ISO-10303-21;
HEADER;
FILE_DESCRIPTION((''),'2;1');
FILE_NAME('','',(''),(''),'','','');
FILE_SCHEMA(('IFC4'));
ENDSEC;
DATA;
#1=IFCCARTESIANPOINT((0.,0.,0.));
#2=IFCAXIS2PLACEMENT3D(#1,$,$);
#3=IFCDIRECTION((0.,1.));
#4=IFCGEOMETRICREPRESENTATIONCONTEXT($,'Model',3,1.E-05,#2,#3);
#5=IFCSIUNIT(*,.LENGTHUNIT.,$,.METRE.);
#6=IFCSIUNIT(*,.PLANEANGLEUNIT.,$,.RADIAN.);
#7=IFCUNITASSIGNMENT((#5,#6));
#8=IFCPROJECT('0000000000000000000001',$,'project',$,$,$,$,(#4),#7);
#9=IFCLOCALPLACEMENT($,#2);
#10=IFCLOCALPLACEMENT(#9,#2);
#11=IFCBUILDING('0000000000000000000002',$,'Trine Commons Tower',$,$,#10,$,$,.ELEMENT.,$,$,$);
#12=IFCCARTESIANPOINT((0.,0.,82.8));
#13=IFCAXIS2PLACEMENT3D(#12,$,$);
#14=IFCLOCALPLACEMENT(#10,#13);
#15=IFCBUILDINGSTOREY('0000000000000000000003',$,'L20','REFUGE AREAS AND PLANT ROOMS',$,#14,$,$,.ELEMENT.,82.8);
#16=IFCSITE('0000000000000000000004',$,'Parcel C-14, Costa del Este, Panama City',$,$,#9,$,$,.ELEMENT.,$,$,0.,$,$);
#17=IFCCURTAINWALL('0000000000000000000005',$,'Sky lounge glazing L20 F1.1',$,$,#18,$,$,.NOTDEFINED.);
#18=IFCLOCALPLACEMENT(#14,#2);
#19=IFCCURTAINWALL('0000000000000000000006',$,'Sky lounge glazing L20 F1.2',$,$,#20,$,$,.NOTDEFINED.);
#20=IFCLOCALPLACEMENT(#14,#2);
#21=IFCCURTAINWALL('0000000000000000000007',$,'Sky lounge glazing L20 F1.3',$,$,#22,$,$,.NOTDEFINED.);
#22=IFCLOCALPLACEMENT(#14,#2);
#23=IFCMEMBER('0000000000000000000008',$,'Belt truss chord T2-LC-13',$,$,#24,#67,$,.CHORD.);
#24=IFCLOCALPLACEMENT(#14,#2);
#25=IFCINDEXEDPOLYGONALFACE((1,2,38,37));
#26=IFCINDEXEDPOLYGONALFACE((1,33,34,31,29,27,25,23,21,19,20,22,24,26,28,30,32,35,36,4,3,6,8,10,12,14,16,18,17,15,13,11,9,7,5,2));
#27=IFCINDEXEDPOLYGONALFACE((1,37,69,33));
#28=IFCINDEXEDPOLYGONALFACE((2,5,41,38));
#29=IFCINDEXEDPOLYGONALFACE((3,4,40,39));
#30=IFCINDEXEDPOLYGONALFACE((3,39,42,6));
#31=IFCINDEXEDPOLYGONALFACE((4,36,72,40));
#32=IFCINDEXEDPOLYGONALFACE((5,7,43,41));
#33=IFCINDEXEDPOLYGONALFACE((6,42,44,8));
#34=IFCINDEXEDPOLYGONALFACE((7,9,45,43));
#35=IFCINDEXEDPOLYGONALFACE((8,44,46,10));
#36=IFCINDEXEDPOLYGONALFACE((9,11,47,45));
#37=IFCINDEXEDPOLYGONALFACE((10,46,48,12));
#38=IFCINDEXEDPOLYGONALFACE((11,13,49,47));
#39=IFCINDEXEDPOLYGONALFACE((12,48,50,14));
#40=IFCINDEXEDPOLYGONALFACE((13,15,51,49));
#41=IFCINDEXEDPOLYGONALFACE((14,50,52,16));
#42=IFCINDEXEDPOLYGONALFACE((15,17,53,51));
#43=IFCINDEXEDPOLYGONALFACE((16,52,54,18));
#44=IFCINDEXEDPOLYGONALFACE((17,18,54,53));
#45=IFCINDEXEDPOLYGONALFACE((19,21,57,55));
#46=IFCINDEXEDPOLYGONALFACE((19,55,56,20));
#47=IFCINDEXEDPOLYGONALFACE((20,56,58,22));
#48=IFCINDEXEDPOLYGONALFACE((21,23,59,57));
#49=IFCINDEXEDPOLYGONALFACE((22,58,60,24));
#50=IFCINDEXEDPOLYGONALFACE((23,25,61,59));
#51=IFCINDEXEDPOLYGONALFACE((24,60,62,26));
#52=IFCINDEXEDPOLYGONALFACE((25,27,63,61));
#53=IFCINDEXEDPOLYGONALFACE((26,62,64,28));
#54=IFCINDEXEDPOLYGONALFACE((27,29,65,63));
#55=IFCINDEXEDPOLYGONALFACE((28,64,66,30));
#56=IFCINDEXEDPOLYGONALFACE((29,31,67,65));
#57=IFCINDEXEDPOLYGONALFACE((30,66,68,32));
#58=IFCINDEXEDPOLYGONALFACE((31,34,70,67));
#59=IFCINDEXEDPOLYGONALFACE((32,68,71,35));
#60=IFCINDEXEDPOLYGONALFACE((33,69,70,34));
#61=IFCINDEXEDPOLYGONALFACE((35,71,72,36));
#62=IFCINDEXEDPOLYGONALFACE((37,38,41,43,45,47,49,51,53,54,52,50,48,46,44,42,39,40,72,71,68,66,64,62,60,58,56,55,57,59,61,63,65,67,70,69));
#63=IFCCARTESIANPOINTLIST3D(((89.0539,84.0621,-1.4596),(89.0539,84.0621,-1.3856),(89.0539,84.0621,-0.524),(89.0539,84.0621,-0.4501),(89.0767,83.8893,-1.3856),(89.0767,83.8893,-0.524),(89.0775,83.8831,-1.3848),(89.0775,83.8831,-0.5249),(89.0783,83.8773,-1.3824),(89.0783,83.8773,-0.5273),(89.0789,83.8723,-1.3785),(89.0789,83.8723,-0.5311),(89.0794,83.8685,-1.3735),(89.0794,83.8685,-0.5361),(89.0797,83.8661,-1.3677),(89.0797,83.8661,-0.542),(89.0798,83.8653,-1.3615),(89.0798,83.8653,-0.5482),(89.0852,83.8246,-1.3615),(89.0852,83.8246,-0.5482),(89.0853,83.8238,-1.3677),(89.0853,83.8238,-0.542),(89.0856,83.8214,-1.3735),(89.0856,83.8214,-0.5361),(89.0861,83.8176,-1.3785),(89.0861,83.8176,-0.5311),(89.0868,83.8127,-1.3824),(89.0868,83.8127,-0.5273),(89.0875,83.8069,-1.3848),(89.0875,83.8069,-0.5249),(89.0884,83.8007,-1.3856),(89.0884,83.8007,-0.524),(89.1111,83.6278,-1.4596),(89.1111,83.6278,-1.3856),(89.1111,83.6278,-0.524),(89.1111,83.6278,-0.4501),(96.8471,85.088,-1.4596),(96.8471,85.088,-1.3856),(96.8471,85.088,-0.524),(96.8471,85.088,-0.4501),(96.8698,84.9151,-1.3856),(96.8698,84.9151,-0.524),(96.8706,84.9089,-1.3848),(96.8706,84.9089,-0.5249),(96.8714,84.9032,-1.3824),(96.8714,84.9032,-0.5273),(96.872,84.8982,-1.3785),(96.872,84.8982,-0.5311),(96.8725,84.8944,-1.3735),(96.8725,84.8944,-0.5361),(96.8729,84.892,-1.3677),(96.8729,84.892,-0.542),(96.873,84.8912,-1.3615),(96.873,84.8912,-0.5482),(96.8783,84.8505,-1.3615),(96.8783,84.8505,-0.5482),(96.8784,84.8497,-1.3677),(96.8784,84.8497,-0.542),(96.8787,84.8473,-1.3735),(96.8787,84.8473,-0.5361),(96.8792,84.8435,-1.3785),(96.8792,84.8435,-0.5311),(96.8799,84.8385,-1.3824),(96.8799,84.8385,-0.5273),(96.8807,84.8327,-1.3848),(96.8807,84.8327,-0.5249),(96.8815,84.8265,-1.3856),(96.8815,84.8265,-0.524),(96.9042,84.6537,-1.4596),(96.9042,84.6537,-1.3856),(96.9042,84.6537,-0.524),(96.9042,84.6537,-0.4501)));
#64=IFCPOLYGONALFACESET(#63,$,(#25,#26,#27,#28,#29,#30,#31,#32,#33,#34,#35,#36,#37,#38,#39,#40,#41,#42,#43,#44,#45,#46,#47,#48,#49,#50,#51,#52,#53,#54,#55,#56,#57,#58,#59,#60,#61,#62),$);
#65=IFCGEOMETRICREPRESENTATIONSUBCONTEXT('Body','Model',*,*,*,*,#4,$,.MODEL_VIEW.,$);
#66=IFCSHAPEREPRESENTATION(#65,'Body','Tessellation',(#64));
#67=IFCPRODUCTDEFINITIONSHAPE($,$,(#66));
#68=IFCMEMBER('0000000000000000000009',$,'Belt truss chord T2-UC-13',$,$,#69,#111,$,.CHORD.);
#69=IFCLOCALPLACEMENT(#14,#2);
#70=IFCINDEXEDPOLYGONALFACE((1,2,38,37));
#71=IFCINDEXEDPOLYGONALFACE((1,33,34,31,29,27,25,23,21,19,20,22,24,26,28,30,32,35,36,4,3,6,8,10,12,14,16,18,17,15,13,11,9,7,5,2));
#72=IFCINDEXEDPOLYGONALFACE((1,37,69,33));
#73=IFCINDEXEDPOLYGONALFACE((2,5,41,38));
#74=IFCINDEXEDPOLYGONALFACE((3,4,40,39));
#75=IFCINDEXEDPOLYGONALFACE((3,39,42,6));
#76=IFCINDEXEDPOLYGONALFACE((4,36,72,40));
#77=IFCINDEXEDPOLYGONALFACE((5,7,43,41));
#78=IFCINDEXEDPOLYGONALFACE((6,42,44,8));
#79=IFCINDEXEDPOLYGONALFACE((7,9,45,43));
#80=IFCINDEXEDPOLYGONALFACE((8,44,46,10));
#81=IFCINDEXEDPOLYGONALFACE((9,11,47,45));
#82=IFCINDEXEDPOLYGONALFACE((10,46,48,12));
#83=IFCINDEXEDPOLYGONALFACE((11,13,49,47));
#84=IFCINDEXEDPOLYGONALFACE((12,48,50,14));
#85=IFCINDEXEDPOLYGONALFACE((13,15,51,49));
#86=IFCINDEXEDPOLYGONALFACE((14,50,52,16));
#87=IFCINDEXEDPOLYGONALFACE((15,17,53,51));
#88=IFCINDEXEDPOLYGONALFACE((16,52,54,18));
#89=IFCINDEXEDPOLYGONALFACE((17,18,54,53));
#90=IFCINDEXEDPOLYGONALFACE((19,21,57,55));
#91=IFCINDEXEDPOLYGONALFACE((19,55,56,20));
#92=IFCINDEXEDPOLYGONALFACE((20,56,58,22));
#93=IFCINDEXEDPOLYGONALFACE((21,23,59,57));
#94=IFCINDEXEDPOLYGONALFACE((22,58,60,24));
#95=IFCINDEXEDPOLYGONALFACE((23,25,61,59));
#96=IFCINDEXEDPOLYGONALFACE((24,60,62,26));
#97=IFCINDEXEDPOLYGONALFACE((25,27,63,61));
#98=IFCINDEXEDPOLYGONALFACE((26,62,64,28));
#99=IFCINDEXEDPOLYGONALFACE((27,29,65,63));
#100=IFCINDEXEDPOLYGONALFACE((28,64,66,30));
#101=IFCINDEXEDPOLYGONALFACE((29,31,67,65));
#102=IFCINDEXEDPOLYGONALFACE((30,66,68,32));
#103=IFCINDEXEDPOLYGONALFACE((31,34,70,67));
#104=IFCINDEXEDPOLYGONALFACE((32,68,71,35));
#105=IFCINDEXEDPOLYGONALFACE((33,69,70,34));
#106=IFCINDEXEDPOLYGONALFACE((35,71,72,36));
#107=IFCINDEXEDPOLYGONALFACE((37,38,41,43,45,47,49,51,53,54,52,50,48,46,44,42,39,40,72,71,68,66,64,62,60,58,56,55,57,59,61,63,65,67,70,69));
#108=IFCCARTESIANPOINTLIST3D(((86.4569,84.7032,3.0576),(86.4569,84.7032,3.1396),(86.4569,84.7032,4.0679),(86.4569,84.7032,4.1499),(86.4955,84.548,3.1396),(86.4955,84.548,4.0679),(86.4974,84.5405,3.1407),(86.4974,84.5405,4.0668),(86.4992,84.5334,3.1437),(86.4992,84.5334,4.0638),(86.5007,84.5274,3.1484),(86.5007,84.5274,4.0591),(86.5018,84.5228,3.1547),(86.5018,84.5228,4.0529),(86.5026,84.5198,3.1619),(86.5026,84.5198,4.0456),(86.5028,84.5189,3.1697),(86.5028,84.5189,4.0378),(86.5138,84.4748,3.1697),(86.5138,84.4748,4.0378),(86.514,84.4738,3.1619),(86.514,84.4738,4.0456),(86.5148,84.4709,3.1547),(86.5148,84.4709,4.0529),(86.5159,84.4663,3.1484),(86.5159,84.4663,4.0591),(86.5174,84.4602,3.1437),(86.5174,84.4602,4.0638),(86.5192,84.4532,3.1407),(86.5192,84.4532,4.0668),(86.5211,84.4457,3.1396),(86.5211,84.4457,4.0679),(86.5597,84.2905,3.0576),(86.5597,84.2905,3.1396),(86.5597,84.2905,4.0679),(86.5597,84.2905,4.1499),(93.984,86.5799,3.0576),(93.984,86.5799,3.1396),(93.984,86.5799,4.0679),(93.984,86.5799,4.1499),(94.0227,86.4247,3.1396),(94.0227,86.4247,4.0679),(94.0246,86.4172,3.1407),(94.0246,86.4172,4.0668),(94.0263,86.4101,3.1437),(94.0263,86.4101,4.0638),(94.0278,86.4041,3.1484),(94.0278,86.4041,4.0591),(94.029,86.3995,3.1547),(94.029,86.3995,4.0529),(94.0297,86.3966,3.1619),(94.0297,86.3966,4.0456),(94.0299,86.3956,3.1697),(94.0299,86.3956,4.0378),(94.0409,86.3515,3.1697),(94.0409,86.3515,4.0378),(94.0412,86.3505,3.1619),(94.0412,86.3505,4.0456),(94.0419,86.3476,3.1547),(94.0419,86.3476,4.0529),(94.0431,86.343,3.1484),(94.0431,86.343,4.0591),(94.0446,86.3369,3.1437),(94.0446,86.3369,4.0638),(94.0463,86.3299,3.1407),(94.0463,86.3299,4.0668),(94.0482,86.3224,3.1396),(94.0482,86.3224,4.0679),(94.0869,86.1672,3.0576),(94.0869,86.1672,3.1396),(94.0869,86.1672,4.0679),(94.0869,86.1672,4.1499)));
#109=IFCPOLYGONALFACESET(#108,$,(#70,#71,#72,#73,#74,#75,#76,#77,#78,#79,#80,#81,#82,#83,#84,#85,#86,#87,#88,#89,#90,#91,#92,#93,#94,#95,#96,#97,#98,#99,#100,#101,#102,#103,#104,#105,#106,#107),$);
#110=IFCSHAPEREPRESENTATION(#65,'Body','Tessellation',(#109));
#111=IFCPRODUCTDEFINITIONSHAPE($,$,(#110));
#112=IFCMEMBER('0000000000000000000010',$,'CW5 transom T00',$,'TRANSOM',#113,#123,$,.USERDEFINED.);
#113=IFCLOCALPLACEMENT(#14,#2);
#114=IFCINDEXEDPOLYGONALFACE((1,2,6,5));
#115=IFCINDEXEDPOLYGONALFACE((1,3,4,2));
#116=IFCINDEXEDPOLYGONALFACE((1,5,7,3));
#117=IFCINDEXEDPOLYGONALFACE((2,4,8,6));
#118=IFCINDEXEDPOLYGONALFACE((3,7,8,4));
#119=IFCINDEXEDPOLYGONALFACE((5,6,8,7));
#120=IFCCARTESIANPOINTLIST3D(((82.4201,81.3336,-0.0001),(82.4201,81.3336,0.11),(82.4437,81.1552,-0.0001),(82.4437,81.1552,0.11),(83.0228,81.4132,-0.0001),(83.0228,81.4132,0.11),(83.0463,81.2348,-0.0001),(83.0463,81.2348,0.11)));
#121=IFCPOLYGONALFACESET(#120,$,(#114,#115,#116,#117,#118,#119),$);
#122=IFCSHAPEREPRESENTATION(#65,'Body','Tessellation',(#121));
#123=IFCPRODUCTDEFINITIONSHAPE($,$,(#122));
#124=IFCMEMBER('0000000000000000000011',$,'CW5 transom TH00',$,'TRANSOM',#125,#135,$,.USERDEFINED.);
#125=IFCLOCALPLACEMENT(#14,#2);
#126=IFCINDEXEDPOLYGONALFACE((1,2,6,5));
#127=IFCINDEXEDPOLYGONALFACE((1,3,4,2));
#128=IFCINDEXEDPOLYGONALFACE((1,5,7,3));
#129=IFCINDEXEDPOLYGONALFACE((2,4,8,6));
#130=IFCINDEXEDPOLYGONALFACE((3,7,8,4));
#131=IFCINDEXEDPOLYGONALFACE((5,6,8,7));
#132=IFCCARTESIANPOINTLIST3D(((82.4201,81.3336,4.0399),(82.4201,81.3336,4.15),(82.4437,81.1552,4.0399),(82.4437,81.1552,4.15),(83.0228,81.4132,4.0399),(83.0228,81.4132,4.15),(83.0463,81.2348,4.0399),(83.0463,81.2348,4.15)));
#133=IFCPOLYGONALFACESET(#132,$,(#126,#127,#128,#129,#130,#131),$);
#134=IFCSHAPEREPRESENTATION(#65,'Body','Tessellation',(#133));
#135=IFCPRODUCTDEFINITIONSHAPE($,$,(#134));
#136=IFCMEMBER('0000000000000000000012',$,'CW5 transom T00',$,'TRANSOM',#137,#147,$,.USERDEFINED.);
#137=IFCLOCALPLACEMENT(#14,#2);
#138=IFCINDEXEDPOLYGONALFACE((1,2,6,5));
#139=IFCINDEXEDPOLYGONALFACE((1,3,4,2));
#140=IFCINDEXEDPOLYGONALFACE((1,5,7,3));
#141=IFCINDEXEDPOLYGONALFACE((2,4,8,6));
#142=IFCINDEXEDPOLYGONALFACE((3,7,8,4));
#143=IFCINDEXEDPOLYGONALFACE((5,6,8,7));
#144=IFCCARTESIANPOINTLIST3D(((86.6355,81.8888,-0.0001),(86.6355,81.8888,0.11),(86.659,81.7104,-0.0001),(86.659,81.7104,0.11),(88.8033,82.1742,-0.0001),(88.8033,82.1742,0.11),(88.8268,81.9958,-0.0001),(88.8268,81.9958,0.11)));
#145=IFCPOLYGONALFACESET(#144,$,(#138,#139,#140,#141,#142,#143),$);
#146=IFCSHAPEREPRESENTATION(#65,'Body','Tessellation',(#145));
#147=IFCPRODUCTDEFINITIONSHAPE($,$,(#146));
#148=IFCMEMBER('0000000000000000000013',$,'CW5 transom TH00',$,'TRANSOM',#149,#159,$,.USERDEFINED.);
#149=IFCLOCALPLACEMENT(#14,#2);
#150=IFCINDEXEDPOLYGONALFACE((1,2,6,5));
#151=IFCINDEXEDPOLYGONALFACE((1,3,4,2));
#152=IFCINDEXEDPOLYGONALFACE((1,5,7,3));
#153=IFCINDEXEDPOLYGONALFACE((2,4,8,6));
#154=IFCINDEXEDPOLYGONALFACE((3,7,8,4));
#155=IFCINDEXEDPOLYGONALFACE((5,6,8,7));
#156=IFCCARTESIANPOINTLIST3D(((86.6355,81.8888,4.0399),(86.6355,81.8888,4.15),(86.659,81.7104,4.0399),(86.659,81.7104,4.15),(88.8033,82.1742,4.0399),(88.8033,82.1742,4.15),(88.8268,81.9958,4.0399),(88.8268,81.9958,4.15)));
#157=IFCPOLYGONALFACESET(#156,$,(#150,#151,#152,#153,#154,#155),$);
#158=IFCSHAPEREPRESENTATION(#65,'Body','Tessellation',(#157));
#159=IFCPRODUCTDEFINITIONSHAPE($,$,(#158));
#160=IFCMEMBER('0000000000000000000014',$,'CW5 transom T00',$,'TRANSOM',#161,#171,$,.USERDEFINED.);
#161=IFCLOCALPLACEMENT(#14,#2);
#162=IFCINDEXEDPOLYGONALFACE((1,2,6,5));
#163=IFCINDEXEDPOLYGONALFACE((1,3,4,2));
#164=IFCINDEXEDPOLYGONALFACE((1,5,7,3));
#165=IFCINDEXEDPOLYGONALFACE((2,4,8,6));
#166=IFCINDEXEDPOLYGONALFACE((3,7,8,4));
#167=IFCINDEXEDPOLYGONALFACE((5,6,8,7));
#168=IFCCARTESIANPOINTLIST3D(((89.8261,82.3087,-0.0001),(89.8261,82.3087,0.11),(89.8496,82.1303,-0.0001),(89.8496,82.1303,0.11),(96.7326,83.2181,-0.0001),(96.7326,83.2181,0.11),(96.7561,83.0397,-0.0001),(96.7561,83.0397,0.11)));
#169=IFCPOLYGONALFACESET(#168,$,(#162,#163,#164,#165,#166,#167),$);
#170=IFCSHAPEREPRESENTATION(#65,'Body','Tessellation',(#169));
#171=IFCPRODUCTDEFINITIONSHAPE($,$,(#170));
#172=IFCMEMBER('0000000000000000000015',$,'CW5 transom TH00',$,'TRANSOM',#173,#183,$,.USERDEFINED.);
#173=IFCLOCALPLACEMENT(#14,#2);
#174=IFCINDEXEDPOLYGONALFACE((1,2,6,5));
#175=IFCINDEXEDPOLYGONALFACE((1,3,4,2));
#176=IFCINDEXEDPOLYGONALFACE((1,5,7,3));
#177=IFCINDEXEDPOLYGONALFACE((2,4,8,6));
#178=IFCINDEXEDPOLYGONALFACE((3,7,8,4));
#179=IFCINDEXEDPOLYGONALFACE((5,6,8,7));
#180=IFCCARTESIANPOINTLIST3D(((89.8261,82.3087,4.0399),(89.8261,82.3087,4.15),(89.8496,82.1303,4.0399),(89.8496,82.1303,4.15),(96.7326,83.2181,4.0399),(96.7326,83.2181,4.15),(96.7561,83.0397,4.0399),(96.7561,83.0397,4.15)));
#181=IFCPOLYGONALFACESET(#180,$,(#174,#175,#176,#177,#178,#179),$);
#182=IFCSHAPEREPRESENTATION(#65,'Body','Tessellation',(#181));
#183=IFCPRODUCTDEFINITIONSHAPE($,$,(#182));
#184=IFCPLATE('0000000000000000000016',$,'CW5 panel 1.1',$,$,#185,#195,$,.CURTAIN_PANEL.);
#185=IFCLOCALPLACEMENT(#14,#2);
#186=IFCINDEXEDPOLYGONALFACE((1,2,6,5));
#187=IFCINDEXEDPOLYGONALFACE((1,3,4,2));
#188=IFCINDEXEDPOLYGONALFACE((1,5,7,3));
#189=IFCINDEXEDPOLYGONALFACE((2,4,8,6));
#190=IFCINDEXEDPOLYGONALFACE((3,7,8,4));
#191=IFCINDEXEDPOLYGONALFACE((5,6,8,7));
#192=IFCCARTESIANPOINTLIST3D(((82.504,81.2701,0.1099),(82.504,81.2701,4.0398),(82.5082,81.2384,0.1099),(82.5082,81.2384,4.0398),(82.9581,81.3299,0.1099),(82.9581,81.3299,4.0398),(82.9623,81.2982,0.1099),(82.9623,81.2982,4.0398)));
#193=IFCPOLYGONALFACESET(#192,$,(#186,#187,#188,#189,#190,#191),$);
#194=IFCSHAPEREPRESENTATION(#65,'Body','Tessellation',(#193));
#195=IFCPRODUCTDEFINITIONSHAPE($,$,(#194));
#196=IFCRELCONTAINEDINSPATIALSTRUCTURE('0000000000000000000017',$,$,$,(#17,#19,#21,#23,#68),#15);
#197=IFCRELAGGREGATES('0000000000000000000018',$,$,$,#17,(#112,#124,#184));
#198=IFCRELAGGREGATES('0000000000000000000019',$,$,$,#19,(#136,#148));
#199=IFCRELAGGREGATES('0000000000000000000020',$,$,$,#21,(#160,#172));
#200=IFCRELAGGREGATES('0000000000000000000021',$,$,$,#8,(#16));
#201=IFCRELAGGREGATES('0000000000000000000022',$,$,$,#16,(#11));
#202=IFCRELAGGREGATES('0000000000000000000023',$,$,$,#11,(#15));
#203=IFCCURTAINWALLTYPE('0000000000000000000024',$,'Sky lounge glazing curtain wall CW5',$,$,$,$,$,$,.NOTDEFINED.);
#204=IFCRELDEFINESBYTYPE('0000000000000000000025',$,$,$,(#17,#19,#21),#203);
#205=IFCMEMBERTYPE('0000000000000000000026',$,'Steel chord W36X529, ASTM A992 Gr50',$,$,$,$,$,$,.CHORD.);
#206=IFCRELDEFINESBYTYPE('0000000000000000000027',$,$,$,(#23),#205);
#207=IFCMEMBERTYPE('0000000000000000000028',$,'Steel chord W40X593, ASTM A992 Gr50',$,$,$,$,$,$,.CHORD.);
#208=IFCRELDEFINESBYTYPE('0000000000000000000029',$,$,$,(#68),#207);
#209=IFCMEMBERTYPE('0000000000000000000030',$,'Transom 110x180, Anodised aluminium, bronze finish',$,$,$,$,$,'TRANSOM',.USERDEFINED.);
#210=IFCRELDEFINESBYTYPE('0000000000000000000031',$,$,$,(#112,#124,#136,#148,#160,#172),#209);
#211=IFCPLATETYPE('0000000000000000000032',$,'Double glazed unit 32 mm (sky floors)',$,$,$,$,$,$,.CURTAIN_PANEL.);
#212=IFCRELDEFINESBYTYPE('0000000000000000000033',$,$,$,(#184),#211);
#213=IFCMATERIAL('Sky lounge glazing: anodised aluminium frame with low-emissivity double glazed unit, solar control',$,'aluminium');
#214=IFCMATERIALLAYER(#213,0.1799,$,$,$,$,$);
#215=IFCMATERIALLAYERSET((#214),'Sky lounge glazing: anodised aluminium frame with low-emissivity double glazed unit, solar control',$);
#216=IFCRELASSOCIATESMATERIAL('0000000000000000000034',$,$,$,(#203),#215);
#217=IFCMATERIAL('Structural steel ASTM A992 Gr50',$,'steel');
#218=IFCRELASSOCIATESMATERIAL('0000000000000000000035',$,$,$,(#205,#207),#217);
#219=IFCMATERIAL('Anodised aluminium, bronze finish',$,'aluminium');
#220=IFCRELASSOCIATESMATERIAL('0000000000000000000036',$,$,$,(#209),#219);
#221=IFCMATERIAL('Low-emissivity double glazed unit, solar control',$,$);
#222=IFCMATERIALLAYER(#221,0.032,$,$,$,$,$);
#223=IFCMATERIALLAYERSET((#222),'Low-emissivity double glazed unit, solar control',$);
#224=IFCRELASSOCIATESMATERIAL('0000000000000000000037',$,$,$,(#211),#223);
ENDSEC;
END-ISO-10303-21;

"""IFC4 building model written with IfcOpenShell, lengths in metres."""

from ifc_helpers import new_model, si_unit, direction, frame, origin, origin_2d, place, context, subcontext, project, spatial, rectangle, i_section, extrude, material, layer, layer_set, material_profile, profile_set, type_object, element, aggregate, save


model = new_model("IFC4")

# Units and contexts
model_context = context("Model", 3, precision=1e-05, world=origin(), true_north=direction((0.0, 1.0)))
body_context = subcontext(model_context, "Body", "Model", "MODEL_VIEW")
ifc_project = project(units=[si_unit("LENGTHUNIT", "METRE"), si_unit("PLANEANGLEUNIT", "RADIAN")], contexts=[model_context])

# Site, building, storey
site_placement = place(None, origin())
site = spatial("IfcSite", under=ifc_project, at=site_placement, Name="Parcel C-14, Costa del Este, Panama City", CompositionType="ELEMENT", RefElevation=0.0)
building_placement = place(site_placement, origin())
building = spatial("IfcBuilding", under=site, at=building_placement, Name="Trine Commons Tower", CompositionType="ELEMENT")
storey_placement = place(building_placement, frame((0.0, 0.0, 82.8)))
storey = spatial("IfcBuildingStorey", under=building, at=storey_placement, Name="L20", Description="REFUGE AREAS AND PLANT ROOMS", CompositionType="ELEMENT", Elevation=82.8)

# Curtain walls
ifc_material_1 = material(Name="Sky lounge glazing: anodised aluminium frame with low-emissivity double glazed unit, solar control", Category="aluminium")
ifc_layer_1 = layer(ifc_material_1, 0.1799)
ifc_layer_set_1 = layer_set([ifc_layer_1], Name="Sky lounge glazing: anodised aluminium frame with low-emissivity double glazed unit, solar control")
curtain_wall_type = type_object("IfcCurtainWallType", Name="Sky lounge glazing curtain wall CW5", PredefinedType="NOTDEFINED", material=ifc_layer_set_1)
curtain_wall_1_placement = place(storey_placement, origin())
curtain_wall_1 = element("IfcCurtainWall", 1, at=curtain_wall_1_placement, inside=storey, type_object=curtain_wall_type, Name="Sky lounge glazing L20 F1.1", PredefinedType="NOTDEFINED")
ifc_material_2 = material(Name="Anodised aluminium, bronze finish", Category="aluminium")
curtain_wall_2_placement = place(storey_placement, origin())
curtain_wall_2 = element("IfcCurtainWall", 2, at=curtain_wall_2_placement, inside=storey, type_object=curtain_wall_type, Name="Sky lounge glazing L20 F1.2", PredefinedType="NOTDEFINED")
curtain_wall_3_placement = place(storey_placement, origin())
curtain_wall_3 = element("IfcCurtainWall", 3, at=curtain_wall_3_placement, inside=storey, type_object=curtain_wall_type, Name="Sky lounge glazing L20 F1.3", PredefinedType="NOTDEFINED")

# Members
ifc_material_3 = material(Name="Structural steel ASTM A992 Gr50", Category="steel")
ifc_material_profile_1 = material_profile(ifc_material_3, i_section(OverallWidth=0.438, OverallDepth=1.0095, WebThickness=0.041, FlangeThickness=0.074, FilletRadius=0.0242, at=origin_2d()), Name="W36X529")
ifc_profile_set_1 = profile_set([ifc_material_profile_1], Name="Structural steel ASTM A992 Gr50")
member_type_1 = type_object("IfcMemberType", Name="Steel chord W36X529, ASTM A992 Gr50", PredefinedType="CHORD", material=ifc_profile_set_1)
member_1_placement = place(storey_placement, frame((89.0825, 83.845, -0.9548), z_axis=(0.991447, 0.130512, 0.0), x_axis=(-0.130512, 0.991447, 0.0)))
element("IfcMember", 4, at=member_1_placement, inside=storey, type_object=member_type_1, Name="Belt truss chord T2-LC-13", PredefinedType="CHORD", context=body_context, shape_type="SweptSolid", body=[
    extrude(i_section(OverallWidth=0.438, OverallDepth=1.0095, WebThickness=0.041, FlangeThickness=0.074, FilletRadius=0.0242, at=origin_2d()), origin(), (0.0, 0.0, 1.0), 7.8604),
])
ifc_material_profile_2 = material_profile(ifc_material_3, i_section(OverallWidth=0.4253, OverallDepth=1.0923, WebThickness=0.0454, FlangeThickness=0.082, FilletRadius=0.03, at=origin_2d()), Name="W40X593")
ifc_profile_set_2 = profile_set([ifc_material_profile_2], Name="Structural steel ASTM A992 Gr50")
member_type_2 = type_object("IfcMemberType", Name="Steel chord W40X593, ASTM A992 Gr50", PredefinedType="CHORD", material=ifc_profile_set_2)
member_2_placement = place(storey_placement, frame((86.5083, 84.4968, 3.6038), z_axis=(0.970296, 0.241921, 0.0), x_axis=(-0.241921, 0.970296, 0.0)))
element("IfcMember", 5, at=member_2_placement, inside=storey, type_object=member_type_2, Name="Belt truss chord T2-UC-13", PredefinedType="CHORD", context=body_context, shape_type="SweptSolid", body=[
    extrude(i_section(OverallWidth=0.4253, OverallDepth=1.0923, WebThickness=0.0454, FlangeThickness=0.082, FilletRadius=0.03, at=origin_2d()), origin(), (0.0, 0.0, 1.0), 7.7576),
])

# Members
ifc_material_profile_3 = material_profile(ifc_material_2, rectangle(XDim=0.1799, YDim=0.1101, at=origin_2d()), Name="Transom 110x180")
ifc_profile_set_3 = profile_set([ifc_material_profile_3], Name="Anodised aluminium, bronze finish")
member_type_3 = type_object("IfcMemberType", Name="Transom 110x180, Anodised aluminium, bronze finish", ElementType="TRANSOM", PredefinedType="USERDEFINED", material=ifc_profile_set_3)
member_3_placement = place(storey_placement, frame((82.4319, 81.2444, 0.0549), z_axis=(0.991395, 0.130901, 0.0), x_axis=(-0.130901, 0.991395, 0.0)))
member_3 = element("IfcMember", 6, at=member_3_placement, type_object=member_type_3, Name="CW5 transom T00", ObjectType="TRANSOM", PredefinedType="USERDEFINED", context=body_context, shape_type="SweptSolid", body=[
    extrude(rectangle(XDim=0.1799, YDim=0.1101, at=origin_2d()), origin(), (0.0, 0.0, 1.0), 0.6079),
])
member_4_placement = place(storey_placement, frame((82.4319, 81.2444, 4.095), z_axis=(0.991395, 0.130901, 0.0), x_axis=(-0.130901, 0.991395, 0.0)))
member_4 = element("IfcMember", 7, at=member_4_placement, type_object=member_type_3, Name="CW5 transom TH00", ObjectType="TRANSOM", PredefinedType="USERDEFINED", context=body_context, shape_type="SweptSolid", body=[
    extrude(rectangle(XDim=0.1799, YDim=0.1101, at=origin_2d()), origin(), (0.0, 0.0, 1.0), 0.6079),
])
member_5_placement = place(storey_placement, frame((86.6472, 81.7996, 0.0549), z_axis=(0.991444, 0.130533, 0.0), x_axis=(-0.130533, 0.991444, 0.0)))
member_5 = element("IfcMember", 8, at=member_5_placement, type_object=member_type_3, Name="CW5 transom T00", ObjectType="TRANSOM", PredefinedType="USERDEFINED", context=body_context, shape_type="SweptSolid", body=[
    extrude(rectangle(XDim=0.1799, YDim=0.1101, at=origin_2d()), origin(), (0.0, 0.0, 1.0), 2.1865),
])
member_6_placement = place(storey_placement, frame((86.6472, 81.7996, 4.095), z_axis=(0.991444, 0.130533, 0.0), x_axis=(-0.130533, 0.991444, 0.0)))
member_6 = element("IfcMember", 9, at=member_6_placement, type_object=member_type_3, Name="CW5 transom TH00", ObjectType="TRANSOM", PredefinedType="USERDEFINED", context=body_context, shape_type="SweptSolid", body=[
    extrude(rectangle(XDim=0.1799, YDim=0.1101, at=origin_2d()), origin(), (0.0, 0.0, 1.0), 2.1865),
])
member_7_placement = place(storey_placement, frame((89.8379, 82.2195, 0.0549), z_axis=(0.991442, 0.13055, 0.0), x_axis=(-0.13055, 0.991442, 0.0)))
member_7 = element("IfcMember", 10, at=member_7_placement, type_object=member_type_3, Name="CW5 transom T00", ObjectType="TRANSOM", PredefinedType="USERDEFINED", context=body_context, shape_type="SweptSolid", body=[
    extrude(rectangle(XDim=0.1799, YDim=0.1101, at=origin_2d()), origin(), (0.0, 0.0, 1.0), 6.9661),
])
member_8_placement = place(storey_placement, frame((89.8379, 82.2195, 4.095), z_axis=(0.991442, 0.13055, 0.0), x_axis=(-0.13055, 0.991442, 0.0)))
member_8 = element("IfcMember", 11, at=member_8_placement, type_object=member_type_3, Name="CW5 transom TH00", ObjectType="TRANSOM", PredefinedType="USERDEFINED", context=body_context, shape_type="SweptSolid", body=[
    extrude(rectangle(XDim=0.1799, YDim=0.1101, at=origin_2d()), origin(), (0.0, 0.0, 1.0), 6.9661),
])

# Plate
ifc_material_4 = material(Name="Low-emissivity double glazed unit, solar control")
ifc_layer_2 = layer(ifc_material_4, 0.032)
ifc_layer_set_2 = layer_set([ifc_layer_2], Name="Low-emissivity double glazed unit, solar control")
plate_type = type_object("IfcPlateType", Name="Double glazed unit 32 mm (sky floors)", PredefinedType="CURTAIN_PANEL", material=ifc_layer_set_2)
plate_1_placement = place(storey_placement, frame((82.7332, 81.2842, 0.1099), z_axis=(0.0, 0.0, 1.0), x_axis=(0.991445, 0.130526, 0.0)))
plate_1 = element("IfcPlate", 12, at=plate_1_placement, type_object=plate_type, Name="CW5 panel 1.1", PredefinedType="CURTAIN_PANEL", context=body_context, shape_type="SweptSolid", body=[
    extrude(rectangle(XDim=0.458, YDim=0.032, at=origin_2d()), origin(), (0.0, 0.0, 1.0), 3.9299),
])
aggregate(curtain_wall_1, [member_3, member_4, plate_1])
aggregate(curtain_wall_2, [member_5, member_6])
aggregate(curtain_wall_3, [member_7, member_8])

save(model, "model.ifc")
